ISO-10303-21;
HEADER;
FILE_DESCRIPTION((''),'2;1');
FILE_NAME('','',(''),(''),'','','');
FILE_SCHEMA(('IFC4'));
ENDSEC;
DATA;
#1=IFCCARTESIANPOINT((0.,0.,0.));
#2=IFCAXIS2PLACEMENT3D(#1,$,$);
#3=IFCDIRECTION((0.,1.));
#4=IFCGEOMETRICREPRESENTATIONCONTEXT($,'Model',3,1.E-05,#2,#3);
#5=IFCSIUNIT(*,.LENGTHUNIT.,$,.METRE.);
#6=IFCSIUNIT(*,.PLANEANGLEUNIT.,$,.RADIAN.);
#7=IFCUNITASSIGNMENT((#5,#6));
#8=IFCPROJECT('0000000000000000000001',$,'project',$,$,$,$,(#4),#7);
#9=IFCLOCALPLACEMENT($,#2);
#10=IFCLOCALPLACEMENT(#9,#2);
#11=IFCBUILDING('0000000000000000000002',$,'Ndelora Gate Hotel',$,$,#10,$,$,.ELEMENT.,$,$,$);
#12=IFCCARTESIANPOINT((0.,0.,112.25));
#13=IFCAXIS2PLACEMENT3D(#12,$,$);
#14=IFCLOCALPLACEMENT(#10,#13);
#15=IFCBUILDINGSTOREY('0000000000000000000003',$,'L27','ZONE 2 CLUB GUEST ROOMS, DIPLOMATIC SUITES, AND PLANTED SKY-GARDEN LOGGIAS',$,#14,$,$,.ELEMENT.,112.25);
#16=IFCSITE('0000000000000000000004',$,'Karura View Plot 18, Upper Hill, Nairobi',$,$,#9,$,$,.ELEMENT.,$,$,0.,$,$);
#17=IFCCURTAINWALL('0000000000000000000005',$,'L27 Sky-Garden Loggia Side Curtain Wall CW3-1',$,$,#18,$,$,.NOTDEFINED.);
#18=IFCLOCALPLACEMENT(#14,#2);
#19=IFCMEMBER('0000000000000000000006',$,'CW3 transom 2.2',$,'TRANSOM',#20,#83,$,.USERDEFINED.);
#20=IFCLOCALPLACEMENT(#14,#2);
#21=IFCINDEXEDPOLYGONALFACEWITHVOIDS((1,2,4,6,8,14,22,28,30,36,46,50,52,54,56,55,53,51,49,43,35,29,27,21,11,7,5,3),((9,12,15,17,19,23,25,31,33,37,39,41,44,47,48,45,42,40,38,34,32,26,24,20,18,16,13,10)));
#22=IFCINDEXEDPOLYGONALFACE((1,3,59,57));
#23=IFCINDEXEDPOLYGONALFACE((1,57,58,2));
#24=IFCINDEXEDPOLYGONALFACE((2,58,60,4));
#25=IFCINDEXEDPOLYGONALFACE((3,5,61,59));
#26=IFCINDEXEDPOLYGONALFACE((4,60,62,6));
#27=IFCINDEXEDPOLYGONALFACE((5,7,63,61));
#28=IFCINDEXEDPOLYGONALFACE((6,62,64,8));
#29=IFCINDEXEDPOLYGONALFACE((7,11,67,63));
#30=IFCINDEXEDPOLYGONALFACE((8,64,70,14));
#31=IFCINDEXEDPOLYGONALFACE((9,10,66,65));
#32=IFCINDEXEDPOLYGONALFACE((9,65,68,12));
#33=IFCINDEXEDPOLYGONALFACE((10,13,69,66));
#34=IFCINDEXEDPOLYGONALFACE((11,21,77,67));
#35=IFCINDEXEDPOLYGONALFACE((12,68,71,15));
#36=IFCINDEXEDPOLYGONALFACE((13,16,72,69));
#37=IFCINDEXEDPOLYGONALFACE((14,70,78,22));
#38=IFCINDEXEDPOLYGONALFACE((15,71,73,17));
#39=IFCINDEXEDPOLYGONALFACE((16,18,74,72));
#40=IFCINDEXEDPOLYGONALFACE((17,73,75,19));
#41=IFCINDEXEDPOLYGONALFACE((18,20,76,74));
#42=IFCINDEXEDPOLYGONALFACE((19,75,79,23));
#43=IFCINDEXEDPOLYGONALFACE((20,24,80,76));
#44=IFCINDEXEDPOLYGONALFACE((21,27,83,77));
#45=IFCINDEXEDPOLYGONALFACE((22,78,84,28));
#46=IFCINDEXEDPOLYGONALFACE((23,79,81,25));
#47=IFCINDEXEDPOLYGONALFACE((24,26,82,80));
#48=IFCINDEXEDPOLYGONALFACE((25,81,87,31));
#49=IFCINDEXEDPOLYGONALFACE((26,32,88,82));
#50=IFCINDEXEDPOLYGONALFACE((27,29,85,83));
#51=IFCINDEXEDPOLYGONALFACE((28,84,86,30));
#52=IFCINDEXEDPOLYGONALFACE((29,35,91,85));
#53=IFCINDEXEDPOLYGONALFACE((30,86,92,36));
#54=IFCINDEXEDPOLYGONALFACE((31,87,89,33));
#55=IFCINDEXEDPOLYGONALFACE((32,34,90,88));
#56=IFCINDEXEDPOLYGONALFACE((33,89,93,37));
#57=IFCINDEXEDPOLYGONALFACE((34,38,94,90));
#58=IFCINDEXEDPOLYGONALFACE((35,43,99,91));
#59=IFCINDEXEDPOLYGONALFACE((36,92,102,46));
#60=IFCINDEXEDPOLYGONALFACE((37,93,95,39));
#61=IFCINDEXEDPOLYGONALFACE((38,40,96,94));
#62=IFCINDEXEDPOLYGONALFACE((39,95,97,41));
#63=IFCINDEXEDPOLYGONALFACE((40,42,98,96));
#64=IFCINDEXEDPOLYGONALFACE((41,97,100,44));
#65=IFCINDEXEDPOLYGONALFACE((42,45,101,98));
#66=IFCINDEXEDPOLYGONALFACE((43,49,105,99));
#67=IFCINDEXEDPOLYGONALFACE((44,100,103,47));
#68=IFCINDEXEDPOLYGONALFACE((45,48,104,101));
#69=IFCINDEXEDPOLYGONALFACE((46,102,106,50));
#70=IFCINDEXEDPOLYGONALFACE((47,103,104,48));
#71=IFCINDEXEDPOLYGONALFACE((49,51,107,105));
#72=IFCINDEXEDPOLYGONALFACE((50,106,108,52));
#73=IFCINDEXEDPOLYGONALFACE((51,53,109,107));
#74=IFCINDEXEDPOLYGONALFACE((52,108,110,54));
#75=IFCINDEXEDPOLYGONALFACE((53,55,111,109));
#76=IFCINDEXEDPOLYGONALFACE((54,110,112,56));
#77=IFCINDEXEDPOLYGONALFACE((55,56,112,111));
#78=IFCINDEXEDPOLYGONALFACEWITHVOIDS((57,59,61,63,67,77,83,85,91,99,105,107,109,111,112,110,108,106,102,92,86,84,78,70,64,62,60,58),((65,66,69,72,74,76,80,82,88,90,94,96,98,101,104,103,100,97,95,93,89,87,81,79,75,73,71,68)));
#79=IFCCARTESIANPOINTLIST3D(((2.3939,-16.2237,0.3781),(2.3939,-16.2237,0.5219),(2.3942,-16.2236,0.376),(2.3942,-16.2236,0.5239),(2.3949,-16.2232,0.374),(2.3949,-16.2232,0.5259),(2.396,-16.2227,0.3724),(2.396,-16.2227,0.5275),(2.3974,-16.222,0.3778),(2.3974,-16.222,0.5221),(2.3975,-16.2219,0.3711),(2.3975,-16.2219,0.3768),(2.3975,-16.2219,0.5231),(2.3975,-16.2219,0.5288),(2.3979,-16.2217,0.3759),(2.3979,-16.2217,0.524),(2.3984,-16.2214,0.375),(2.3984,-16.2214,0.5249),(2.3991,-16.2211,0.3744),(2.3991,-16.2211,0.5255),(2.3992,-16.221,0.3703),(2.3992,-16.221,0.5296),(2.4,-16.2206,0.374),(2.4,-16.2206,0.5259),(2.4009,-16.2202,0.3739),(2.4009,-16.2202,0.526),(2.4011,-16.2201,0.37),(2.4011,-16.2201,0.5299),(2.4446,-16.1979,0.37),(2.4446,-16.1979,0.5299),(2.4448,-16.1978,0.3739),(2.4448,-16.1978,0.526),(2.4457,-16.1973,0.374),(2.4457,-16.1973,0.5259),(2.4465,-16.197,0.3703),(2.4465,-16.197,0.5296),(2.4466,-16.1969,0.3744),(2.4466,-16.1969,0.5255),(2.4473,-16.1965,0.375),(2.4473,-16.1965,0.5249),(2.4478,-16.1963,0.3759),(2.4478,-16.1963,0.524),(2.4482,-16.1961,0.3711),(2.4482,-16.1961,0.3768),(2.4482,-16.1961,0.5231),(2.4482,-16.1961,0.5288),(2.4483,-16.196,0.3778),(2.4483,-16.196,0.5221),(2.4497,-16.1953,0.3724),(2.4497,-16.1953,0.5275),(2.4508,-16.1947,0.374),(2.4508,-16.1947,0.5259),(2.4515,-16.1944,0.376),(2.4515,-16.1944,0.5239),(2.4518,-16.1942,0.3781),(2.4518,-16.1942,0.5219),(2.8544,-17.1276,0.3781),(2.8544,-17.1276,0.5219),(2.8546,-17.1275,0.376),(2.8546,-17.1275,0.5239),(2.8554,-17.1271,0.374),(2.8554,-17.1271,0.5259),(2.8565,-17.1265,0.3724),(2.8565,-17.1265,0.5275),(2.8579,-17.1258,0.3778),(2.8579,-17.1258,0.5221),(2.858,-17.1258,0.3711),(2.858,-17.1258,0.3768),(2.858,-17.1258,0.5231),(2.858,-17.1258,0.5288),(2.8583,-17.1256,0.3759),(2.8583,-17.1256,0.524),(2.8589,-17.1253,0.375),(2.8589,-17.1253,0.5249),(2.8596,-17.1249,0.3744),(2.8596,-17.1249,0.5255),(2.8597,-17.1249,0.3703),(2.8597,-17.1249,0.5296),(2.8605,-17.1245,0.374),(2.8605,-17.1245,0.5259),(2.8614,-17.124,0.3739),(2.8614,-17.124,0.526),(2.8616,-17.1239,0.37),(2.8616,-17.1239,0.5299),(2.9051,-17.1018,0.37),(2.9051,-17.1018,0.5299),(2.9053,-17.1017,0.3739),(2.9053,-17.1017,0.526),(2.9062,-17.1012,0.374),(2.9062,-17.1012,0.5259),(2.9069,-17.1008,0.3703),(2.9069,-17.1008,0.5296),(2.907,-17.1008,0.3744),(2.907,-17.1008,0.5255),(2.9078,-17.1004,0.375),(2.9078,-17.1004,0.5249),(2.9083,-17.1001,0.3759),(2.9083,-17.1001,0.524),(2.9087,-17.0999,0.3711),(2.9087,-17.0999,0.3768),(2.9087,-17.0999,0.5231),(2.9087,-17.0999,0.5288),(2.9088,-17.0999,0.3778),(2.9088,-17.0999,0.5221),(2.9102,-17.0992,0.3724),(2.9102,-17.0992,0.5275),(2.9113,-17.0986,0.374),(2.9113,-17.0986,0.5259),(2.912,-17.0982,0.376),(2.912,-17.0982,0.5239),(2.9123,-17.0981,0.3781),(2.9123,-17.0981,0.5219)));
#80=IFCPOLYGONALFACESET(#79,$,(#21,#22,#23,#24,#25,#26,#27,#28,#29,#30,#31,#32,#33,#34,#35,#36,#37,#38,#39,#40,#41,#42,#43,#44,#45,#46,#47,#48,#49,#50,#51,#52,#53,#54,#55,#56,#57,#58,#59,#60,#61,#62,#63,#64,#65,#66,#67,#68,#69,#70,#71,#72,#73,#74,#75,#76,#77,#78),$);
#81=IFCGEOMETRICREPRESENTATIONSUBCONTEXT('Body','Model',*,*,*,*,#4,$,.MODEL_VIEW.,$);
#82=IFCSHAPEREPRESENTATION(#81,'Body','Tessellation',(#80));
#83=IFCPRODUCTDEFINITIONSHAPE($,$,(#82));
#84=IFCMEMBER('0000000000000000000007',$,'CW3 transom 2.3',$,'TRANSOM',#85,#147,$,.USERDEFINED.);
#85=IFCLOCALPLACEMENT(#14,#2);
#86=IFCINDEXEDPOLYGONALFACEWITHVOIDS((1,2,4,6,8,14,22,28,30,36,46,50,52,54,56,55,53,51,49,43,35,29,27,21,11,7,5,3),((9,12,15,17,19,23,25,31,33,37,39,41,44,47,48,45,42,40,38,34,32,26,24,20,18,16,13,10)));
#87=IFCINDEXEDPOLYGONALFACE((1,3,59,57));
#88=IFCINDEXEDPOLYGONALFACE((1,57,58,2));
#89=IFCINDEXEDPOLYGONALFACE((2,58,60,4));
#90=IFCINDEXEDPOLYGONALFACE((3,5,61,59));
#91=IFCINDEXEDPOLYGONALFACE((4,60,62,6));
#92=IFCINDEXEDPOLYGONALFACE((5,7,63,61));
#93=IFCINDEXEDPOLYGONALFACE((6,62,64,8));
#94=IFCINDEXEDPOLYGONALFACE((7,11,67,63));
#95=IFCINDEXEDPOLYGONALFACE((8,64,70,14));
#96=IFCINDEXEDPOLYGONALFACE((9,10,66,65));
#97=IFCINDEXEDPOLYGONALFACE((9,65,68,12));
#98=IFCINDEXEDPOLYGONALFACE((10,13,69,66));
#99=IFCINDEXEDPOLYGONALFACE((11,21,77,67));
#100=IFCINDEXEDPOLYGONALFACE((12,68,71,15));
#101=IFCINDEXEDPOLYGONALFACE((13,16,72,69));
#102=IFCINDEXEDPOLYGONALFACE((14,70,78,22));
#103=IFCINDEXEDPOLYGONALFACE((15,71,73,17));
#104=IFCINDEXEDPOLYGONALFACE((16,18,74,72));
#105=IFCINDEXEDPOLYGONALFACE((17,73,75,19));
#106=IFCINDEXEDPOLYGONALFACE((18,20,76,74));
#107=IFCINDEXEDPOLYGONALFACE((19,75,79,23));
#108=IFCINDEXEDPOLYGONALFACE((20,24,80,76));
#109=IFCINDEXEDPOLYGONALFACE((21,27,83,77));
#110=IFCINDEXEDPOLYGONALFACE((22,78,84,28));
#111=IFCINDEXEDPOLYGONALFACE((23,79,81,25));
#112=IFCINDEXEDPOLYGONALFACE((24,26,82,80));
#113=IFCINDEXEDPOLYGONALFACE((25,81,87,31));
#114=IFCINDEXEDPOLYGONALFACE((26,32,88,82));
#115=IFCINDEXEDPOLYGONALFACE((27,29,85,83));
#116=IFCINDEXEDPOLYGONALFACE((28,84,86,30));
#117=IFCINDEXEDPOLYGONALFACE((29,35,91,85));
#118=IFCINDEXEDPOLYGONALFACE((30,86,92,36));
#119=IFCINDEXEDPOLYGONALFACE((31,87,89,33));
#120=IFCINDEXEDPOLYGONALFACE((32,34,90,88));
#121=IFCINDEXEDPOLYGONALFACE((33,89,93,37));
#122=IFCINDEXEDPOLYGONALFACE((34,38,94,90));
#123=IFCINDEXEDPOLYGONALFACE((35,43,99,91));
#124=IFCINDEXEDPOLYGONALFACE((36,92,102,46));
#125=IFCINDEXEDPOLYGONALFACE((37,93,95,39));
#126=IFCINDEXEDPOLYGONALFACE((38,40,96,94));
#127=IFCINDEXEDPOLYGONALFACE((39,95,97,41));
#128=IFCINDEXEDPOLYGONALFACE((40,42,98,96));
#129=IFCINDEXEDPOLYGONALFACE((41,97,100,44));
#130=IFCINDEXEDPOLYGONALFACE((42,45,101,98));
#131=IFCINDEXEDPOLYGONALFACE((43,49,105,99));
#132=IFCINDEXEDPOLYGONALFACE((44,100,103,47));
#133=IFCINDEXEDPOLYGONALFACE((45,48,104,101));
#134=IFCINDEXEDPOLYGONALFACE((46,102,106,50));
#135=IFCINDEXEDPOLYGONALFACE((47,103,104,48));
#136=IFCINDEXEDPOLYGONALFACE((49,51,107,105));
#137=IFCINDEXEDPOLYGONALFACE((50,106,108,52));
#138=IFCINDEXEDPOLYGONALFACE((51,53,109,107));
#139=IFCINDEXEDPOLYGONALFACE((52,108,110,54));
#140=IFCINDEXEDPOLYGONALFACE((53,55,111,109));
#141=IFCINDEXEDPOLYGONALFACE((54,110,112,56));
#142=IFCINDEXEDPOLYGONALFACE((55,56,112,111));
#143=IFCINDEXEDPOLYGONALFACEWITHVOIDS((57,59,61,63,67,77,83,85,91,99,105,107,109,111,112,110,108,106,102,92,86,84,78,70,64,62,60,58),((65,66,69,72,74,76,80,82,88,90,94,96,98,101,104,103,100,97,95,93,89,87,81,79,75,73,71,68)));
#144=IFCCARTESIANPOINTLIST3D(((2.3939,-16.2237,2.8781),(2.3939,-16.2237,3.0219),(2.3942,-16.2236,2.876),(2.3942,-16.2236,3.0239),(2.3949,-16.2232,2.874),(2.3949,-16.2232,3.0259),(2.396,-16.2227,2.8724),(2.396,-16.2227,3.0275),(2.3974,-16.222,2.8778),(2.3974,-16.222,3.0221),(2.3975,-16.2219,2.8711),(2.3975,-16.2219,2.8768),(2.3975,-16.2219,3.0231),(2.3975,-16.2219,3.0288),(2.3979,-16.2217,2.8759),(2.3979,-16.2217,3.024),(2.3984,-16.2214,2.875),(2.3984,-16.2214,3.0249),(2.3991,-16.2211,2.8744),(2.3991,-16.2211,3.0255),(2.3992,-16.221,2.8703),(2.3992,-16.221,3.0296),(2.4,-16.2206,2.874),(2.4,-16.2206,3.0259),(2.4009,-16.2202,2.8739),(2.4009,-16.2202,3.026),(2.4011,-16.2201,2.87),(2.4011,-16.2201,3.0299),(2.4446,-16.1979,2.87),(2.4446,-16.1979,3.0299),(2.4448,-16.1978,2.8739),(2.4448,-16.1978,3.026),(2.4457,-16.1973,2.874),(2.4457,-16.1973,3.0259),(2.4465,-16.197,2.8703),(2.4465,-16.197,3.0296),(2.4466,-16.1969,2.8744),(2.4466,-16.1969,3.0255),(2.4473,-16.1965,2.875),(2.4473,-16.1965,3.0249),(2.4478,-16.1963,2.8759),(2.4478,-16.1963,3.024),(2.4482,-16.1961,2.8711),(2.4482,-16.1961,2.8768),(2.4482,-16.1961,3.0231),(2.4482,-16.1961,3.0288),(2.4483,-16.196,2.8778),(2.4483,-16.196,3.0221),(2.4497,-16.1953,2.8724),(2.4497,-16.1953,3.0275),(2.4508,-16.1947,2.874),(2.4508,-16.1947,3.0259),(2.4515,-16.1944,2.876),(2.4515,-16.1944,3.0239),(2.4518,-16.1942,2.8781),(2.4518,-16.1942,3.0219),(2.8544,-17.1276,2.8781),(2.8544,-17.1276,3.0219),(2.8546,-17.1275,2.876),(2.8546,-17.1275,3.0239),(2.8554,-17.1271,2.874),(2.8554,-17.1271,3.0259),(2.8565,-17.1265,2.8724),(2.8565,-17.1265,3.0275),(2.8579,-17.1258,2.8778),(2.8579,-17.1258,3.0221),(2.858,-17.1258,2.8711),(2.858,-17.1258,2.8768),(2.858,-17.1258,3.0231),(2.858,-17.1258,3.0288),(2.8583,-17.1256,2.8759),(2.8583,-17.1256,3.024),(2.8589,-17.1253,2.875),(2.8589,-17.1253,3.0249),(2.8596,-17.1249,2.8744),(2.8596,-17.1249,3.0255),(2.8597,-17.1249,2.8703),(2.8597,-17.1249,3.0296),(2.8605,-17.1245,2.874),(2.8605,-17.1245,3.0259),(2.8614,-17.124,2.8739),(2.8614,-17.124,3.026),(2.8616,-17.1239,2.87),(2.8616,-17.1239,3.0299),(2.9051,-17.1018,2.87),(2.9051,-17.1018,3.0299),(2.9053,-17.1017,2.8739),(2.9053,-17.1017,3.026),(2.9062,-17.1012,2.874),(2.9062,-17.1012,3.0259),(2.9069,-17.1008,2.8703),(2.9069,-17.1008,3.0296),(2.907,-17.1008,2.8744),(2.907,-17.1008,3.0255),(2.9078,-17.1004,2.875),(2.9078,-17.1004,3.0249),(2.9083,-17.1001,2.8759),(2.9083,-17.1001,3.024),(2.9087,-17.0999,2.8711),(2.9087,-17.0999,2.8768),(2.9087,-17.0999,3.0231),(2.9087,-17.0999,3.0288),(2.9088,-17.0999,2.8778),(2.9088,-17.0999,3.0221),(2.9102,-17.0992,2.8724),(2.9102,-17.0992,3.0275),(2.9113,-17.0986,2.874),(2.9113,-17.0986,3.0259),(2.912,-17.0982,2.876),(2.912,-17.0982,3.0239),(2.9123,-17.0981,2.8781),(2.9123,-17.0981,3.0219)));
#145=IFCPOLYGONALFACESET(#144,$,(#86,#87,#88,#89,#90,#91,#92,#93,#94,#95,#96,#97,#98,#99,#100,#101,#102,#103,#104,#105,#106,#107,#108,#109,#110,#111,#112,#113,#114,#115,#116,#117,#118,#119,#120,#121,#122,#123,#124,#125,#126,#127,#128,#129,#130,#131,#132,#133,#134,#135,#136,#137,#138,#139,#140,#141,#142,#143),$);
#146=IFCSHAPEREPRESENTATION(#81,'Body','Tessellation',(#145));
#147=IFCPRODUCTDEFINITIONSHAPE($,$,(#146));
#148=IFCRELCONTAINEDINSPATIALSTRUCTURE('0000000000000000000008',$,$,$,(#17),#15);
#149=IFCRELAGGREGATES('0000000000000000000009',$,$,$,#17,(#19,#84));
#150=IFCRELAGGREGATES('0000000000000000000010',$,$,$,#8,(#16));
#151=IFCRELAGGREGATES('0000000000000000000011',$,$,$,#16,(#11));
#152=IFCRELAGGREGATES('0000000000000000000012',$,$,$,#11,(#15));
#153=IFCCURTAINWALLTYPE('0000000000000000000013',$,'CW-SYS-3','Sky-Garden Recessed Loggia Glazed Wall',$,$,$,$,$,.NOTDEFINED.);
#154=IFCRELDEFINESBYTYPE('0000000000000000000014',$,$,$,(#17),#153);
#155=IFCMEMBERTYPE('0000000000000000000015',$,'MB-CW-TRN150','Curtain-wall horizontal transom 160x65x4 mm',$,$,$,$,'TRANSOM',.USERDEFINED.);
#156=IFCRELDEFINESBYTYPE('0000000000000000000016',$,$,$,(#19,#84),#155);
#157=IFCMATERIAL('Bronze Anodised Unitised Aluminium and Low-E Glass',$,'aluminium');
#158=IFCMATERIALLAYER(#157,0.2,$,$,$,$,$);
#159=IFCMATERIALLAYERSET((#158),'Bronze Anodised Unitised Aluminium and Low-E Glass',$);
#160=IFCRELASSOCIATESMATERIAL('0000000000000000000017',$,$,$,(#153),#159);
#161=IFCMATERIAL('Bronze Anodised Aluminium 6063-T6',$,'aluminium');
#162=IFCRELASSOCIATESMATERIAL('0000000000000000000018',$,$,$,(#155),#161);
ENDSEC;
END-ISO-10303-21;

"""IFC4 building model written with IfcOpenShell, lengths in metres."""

from ifc_helpers import new_model, si_unit, direction, frame, origin, origin_2d, place, context, subcontext, project, spatial, hollow_rectangle, extrude, material, layer, layer_set, material_profile, profile_set, type_object, element, aggregate, save


model = new_model("IFC4")

# Units and contexts
model_context = context("Model", 3, precision=1e-05, world=origin(), true_north=direction((0.0, 1.0)))
body_context = subcontext(model_context, "Body", "Model", "MODEL_VIEW")
ifc_project = project(units=[si_unit("LENGTHUNIT", "METRE"), si_unit("PLANEANGLEUNIT", "RADIAN")], contexts=[model_context])

# Site, building, storey
site_placement = place(None, origin())
site = spatial("IfcSite", under=ifc_project, at=site_placement, Name="Karura View Plot 18, Upper Hill, Nairobi", CompositionType="ELEMENT", RefElevation=0.0)
building_placement = place(site_placement, origin())
building = spatial("IfcBuilding", under=site, at=building_placement, Name="Ndelora Gate Hotel", CompositionType="ELEMENT")
storey_placement = place(building_placement, frame((0.0, 0.0, 112.25)))
storey = spatial("IfcBuildingStorey", under=building, at=storey_placement, Name="L27", Description="ZONE 2 CLUB GUEST ROOMS, DIPLOMATIC SUITES, AND PLANTED SKY-GARDEN LOGGIAS", CompositionType="ELEMENT", Elevation=112.25)

# Curtain wall, members
ifc_material_1 = material(Name="Bronze Anodised Unitised Aluminium and Low-E Glass", Category="aluminium")
ifc_layer_1 = layer(ifc_material_1, 0.2)
ifc_layer_set_1 = layer_set([ifc_layer_1], Name="Bronze Anodised Unitised Aluminium and Low-E Glass")
curtain_wall_type = type_object("IfcCurtainWallType", Name="CW-SYS-3", Description="Sky-Garden Recessed Loggia Glazed Wall", PredefinedType="NOTDEFINED", material=ifc_layer_set_1)
curtain_wall_placement = place(storey_placement, origin())
curtain_wall = element("IfcCurtainWall", 1, at=curtain_wall_placement, inside=storey, type_object=curtain_wall_type, Name="L27 Sky-Garden Loggia Side Curtain Wall CW3-1", PredefinedType="NOTDEFINED")
ifc_material_2 = material(Name="Bronze Anodised Aluminium 6063-T6", Category="aluminium")
ifc_material_profile_1 = material_profile(ifc_material_2, hollow_rectangle(XDim=0.0649, YDim=0.1599, WallThickness=0.0039, InnerFilletRadius=0.0039, OuterFilletRadius=0.0081, at=origin_2d()), Name="ALU 160x65x4")
ifc_profile_set_1 = profile_set([ifc_material_profile_1], Name="Bronze Anodised Aluminium 6063-T6")
member_type_1 = type_object("IfcMemberType", Name="MB-CW-TRN150", Description="Curtain-wall horizontal transom 160x65x4 mm", ElementType="TRANSOM", PredefinedType="USERDEFINED", material=ifc_profile_set_1)
member_1_placement = place(storey_placement, frame((2.4229, -16.209, 0.45), z_axis=(0.45394, -0.891032, 0.0), x_axis=(0.891032, 0.45394, 0.0)))
member_1 = element("IfcMember", 2, at=member_1_placement, type_object=member_type_1, Name="CW3 transom 2.2", ObjectType="TRANSOM", PredefinedType="USERDEFINED", context=body_context, shape_type="SweptSolid", body=[
    extrude(hollow_rectangle(XDim=0.0649, YDim=0.1599, WallThickness=0.0039, InnerFilletRadius=0.0039, OuterFilletRadius=0.0081, at=origin_2d()), origin(), (0.0, 0.0, 1.0), 1.0144),
])
member_2_placement = place(storey_placement, frame((2.4229, -16.209, 2.95), z_axis=(0.45394, -0.891032, 0.0), x_axis=(0.891032, 0.45394, 0.0)))
member_2 = element("IfcMember", 3, at=member_2_placement, type_object=member_type_1, Name="CW3 transom 2.3", ObjectType="TRANSOM", PredefinedType="USERDEFINED", context=body_context, shape_type="SweptSolid", body=[
    extrude(hollow_rectangle(XDim=0.0649, YDim=0.1599, WallThickness=0.0039, InnerFilletRadius=0.0039, OuterFilletRadius=0.0081, at=origin_2d()), origin(), (0.0, 0.0, 1.0), 1.0144),
])
aggregate(curtain_wall, [member_1, member_2])

save(model, "model.ifc")
